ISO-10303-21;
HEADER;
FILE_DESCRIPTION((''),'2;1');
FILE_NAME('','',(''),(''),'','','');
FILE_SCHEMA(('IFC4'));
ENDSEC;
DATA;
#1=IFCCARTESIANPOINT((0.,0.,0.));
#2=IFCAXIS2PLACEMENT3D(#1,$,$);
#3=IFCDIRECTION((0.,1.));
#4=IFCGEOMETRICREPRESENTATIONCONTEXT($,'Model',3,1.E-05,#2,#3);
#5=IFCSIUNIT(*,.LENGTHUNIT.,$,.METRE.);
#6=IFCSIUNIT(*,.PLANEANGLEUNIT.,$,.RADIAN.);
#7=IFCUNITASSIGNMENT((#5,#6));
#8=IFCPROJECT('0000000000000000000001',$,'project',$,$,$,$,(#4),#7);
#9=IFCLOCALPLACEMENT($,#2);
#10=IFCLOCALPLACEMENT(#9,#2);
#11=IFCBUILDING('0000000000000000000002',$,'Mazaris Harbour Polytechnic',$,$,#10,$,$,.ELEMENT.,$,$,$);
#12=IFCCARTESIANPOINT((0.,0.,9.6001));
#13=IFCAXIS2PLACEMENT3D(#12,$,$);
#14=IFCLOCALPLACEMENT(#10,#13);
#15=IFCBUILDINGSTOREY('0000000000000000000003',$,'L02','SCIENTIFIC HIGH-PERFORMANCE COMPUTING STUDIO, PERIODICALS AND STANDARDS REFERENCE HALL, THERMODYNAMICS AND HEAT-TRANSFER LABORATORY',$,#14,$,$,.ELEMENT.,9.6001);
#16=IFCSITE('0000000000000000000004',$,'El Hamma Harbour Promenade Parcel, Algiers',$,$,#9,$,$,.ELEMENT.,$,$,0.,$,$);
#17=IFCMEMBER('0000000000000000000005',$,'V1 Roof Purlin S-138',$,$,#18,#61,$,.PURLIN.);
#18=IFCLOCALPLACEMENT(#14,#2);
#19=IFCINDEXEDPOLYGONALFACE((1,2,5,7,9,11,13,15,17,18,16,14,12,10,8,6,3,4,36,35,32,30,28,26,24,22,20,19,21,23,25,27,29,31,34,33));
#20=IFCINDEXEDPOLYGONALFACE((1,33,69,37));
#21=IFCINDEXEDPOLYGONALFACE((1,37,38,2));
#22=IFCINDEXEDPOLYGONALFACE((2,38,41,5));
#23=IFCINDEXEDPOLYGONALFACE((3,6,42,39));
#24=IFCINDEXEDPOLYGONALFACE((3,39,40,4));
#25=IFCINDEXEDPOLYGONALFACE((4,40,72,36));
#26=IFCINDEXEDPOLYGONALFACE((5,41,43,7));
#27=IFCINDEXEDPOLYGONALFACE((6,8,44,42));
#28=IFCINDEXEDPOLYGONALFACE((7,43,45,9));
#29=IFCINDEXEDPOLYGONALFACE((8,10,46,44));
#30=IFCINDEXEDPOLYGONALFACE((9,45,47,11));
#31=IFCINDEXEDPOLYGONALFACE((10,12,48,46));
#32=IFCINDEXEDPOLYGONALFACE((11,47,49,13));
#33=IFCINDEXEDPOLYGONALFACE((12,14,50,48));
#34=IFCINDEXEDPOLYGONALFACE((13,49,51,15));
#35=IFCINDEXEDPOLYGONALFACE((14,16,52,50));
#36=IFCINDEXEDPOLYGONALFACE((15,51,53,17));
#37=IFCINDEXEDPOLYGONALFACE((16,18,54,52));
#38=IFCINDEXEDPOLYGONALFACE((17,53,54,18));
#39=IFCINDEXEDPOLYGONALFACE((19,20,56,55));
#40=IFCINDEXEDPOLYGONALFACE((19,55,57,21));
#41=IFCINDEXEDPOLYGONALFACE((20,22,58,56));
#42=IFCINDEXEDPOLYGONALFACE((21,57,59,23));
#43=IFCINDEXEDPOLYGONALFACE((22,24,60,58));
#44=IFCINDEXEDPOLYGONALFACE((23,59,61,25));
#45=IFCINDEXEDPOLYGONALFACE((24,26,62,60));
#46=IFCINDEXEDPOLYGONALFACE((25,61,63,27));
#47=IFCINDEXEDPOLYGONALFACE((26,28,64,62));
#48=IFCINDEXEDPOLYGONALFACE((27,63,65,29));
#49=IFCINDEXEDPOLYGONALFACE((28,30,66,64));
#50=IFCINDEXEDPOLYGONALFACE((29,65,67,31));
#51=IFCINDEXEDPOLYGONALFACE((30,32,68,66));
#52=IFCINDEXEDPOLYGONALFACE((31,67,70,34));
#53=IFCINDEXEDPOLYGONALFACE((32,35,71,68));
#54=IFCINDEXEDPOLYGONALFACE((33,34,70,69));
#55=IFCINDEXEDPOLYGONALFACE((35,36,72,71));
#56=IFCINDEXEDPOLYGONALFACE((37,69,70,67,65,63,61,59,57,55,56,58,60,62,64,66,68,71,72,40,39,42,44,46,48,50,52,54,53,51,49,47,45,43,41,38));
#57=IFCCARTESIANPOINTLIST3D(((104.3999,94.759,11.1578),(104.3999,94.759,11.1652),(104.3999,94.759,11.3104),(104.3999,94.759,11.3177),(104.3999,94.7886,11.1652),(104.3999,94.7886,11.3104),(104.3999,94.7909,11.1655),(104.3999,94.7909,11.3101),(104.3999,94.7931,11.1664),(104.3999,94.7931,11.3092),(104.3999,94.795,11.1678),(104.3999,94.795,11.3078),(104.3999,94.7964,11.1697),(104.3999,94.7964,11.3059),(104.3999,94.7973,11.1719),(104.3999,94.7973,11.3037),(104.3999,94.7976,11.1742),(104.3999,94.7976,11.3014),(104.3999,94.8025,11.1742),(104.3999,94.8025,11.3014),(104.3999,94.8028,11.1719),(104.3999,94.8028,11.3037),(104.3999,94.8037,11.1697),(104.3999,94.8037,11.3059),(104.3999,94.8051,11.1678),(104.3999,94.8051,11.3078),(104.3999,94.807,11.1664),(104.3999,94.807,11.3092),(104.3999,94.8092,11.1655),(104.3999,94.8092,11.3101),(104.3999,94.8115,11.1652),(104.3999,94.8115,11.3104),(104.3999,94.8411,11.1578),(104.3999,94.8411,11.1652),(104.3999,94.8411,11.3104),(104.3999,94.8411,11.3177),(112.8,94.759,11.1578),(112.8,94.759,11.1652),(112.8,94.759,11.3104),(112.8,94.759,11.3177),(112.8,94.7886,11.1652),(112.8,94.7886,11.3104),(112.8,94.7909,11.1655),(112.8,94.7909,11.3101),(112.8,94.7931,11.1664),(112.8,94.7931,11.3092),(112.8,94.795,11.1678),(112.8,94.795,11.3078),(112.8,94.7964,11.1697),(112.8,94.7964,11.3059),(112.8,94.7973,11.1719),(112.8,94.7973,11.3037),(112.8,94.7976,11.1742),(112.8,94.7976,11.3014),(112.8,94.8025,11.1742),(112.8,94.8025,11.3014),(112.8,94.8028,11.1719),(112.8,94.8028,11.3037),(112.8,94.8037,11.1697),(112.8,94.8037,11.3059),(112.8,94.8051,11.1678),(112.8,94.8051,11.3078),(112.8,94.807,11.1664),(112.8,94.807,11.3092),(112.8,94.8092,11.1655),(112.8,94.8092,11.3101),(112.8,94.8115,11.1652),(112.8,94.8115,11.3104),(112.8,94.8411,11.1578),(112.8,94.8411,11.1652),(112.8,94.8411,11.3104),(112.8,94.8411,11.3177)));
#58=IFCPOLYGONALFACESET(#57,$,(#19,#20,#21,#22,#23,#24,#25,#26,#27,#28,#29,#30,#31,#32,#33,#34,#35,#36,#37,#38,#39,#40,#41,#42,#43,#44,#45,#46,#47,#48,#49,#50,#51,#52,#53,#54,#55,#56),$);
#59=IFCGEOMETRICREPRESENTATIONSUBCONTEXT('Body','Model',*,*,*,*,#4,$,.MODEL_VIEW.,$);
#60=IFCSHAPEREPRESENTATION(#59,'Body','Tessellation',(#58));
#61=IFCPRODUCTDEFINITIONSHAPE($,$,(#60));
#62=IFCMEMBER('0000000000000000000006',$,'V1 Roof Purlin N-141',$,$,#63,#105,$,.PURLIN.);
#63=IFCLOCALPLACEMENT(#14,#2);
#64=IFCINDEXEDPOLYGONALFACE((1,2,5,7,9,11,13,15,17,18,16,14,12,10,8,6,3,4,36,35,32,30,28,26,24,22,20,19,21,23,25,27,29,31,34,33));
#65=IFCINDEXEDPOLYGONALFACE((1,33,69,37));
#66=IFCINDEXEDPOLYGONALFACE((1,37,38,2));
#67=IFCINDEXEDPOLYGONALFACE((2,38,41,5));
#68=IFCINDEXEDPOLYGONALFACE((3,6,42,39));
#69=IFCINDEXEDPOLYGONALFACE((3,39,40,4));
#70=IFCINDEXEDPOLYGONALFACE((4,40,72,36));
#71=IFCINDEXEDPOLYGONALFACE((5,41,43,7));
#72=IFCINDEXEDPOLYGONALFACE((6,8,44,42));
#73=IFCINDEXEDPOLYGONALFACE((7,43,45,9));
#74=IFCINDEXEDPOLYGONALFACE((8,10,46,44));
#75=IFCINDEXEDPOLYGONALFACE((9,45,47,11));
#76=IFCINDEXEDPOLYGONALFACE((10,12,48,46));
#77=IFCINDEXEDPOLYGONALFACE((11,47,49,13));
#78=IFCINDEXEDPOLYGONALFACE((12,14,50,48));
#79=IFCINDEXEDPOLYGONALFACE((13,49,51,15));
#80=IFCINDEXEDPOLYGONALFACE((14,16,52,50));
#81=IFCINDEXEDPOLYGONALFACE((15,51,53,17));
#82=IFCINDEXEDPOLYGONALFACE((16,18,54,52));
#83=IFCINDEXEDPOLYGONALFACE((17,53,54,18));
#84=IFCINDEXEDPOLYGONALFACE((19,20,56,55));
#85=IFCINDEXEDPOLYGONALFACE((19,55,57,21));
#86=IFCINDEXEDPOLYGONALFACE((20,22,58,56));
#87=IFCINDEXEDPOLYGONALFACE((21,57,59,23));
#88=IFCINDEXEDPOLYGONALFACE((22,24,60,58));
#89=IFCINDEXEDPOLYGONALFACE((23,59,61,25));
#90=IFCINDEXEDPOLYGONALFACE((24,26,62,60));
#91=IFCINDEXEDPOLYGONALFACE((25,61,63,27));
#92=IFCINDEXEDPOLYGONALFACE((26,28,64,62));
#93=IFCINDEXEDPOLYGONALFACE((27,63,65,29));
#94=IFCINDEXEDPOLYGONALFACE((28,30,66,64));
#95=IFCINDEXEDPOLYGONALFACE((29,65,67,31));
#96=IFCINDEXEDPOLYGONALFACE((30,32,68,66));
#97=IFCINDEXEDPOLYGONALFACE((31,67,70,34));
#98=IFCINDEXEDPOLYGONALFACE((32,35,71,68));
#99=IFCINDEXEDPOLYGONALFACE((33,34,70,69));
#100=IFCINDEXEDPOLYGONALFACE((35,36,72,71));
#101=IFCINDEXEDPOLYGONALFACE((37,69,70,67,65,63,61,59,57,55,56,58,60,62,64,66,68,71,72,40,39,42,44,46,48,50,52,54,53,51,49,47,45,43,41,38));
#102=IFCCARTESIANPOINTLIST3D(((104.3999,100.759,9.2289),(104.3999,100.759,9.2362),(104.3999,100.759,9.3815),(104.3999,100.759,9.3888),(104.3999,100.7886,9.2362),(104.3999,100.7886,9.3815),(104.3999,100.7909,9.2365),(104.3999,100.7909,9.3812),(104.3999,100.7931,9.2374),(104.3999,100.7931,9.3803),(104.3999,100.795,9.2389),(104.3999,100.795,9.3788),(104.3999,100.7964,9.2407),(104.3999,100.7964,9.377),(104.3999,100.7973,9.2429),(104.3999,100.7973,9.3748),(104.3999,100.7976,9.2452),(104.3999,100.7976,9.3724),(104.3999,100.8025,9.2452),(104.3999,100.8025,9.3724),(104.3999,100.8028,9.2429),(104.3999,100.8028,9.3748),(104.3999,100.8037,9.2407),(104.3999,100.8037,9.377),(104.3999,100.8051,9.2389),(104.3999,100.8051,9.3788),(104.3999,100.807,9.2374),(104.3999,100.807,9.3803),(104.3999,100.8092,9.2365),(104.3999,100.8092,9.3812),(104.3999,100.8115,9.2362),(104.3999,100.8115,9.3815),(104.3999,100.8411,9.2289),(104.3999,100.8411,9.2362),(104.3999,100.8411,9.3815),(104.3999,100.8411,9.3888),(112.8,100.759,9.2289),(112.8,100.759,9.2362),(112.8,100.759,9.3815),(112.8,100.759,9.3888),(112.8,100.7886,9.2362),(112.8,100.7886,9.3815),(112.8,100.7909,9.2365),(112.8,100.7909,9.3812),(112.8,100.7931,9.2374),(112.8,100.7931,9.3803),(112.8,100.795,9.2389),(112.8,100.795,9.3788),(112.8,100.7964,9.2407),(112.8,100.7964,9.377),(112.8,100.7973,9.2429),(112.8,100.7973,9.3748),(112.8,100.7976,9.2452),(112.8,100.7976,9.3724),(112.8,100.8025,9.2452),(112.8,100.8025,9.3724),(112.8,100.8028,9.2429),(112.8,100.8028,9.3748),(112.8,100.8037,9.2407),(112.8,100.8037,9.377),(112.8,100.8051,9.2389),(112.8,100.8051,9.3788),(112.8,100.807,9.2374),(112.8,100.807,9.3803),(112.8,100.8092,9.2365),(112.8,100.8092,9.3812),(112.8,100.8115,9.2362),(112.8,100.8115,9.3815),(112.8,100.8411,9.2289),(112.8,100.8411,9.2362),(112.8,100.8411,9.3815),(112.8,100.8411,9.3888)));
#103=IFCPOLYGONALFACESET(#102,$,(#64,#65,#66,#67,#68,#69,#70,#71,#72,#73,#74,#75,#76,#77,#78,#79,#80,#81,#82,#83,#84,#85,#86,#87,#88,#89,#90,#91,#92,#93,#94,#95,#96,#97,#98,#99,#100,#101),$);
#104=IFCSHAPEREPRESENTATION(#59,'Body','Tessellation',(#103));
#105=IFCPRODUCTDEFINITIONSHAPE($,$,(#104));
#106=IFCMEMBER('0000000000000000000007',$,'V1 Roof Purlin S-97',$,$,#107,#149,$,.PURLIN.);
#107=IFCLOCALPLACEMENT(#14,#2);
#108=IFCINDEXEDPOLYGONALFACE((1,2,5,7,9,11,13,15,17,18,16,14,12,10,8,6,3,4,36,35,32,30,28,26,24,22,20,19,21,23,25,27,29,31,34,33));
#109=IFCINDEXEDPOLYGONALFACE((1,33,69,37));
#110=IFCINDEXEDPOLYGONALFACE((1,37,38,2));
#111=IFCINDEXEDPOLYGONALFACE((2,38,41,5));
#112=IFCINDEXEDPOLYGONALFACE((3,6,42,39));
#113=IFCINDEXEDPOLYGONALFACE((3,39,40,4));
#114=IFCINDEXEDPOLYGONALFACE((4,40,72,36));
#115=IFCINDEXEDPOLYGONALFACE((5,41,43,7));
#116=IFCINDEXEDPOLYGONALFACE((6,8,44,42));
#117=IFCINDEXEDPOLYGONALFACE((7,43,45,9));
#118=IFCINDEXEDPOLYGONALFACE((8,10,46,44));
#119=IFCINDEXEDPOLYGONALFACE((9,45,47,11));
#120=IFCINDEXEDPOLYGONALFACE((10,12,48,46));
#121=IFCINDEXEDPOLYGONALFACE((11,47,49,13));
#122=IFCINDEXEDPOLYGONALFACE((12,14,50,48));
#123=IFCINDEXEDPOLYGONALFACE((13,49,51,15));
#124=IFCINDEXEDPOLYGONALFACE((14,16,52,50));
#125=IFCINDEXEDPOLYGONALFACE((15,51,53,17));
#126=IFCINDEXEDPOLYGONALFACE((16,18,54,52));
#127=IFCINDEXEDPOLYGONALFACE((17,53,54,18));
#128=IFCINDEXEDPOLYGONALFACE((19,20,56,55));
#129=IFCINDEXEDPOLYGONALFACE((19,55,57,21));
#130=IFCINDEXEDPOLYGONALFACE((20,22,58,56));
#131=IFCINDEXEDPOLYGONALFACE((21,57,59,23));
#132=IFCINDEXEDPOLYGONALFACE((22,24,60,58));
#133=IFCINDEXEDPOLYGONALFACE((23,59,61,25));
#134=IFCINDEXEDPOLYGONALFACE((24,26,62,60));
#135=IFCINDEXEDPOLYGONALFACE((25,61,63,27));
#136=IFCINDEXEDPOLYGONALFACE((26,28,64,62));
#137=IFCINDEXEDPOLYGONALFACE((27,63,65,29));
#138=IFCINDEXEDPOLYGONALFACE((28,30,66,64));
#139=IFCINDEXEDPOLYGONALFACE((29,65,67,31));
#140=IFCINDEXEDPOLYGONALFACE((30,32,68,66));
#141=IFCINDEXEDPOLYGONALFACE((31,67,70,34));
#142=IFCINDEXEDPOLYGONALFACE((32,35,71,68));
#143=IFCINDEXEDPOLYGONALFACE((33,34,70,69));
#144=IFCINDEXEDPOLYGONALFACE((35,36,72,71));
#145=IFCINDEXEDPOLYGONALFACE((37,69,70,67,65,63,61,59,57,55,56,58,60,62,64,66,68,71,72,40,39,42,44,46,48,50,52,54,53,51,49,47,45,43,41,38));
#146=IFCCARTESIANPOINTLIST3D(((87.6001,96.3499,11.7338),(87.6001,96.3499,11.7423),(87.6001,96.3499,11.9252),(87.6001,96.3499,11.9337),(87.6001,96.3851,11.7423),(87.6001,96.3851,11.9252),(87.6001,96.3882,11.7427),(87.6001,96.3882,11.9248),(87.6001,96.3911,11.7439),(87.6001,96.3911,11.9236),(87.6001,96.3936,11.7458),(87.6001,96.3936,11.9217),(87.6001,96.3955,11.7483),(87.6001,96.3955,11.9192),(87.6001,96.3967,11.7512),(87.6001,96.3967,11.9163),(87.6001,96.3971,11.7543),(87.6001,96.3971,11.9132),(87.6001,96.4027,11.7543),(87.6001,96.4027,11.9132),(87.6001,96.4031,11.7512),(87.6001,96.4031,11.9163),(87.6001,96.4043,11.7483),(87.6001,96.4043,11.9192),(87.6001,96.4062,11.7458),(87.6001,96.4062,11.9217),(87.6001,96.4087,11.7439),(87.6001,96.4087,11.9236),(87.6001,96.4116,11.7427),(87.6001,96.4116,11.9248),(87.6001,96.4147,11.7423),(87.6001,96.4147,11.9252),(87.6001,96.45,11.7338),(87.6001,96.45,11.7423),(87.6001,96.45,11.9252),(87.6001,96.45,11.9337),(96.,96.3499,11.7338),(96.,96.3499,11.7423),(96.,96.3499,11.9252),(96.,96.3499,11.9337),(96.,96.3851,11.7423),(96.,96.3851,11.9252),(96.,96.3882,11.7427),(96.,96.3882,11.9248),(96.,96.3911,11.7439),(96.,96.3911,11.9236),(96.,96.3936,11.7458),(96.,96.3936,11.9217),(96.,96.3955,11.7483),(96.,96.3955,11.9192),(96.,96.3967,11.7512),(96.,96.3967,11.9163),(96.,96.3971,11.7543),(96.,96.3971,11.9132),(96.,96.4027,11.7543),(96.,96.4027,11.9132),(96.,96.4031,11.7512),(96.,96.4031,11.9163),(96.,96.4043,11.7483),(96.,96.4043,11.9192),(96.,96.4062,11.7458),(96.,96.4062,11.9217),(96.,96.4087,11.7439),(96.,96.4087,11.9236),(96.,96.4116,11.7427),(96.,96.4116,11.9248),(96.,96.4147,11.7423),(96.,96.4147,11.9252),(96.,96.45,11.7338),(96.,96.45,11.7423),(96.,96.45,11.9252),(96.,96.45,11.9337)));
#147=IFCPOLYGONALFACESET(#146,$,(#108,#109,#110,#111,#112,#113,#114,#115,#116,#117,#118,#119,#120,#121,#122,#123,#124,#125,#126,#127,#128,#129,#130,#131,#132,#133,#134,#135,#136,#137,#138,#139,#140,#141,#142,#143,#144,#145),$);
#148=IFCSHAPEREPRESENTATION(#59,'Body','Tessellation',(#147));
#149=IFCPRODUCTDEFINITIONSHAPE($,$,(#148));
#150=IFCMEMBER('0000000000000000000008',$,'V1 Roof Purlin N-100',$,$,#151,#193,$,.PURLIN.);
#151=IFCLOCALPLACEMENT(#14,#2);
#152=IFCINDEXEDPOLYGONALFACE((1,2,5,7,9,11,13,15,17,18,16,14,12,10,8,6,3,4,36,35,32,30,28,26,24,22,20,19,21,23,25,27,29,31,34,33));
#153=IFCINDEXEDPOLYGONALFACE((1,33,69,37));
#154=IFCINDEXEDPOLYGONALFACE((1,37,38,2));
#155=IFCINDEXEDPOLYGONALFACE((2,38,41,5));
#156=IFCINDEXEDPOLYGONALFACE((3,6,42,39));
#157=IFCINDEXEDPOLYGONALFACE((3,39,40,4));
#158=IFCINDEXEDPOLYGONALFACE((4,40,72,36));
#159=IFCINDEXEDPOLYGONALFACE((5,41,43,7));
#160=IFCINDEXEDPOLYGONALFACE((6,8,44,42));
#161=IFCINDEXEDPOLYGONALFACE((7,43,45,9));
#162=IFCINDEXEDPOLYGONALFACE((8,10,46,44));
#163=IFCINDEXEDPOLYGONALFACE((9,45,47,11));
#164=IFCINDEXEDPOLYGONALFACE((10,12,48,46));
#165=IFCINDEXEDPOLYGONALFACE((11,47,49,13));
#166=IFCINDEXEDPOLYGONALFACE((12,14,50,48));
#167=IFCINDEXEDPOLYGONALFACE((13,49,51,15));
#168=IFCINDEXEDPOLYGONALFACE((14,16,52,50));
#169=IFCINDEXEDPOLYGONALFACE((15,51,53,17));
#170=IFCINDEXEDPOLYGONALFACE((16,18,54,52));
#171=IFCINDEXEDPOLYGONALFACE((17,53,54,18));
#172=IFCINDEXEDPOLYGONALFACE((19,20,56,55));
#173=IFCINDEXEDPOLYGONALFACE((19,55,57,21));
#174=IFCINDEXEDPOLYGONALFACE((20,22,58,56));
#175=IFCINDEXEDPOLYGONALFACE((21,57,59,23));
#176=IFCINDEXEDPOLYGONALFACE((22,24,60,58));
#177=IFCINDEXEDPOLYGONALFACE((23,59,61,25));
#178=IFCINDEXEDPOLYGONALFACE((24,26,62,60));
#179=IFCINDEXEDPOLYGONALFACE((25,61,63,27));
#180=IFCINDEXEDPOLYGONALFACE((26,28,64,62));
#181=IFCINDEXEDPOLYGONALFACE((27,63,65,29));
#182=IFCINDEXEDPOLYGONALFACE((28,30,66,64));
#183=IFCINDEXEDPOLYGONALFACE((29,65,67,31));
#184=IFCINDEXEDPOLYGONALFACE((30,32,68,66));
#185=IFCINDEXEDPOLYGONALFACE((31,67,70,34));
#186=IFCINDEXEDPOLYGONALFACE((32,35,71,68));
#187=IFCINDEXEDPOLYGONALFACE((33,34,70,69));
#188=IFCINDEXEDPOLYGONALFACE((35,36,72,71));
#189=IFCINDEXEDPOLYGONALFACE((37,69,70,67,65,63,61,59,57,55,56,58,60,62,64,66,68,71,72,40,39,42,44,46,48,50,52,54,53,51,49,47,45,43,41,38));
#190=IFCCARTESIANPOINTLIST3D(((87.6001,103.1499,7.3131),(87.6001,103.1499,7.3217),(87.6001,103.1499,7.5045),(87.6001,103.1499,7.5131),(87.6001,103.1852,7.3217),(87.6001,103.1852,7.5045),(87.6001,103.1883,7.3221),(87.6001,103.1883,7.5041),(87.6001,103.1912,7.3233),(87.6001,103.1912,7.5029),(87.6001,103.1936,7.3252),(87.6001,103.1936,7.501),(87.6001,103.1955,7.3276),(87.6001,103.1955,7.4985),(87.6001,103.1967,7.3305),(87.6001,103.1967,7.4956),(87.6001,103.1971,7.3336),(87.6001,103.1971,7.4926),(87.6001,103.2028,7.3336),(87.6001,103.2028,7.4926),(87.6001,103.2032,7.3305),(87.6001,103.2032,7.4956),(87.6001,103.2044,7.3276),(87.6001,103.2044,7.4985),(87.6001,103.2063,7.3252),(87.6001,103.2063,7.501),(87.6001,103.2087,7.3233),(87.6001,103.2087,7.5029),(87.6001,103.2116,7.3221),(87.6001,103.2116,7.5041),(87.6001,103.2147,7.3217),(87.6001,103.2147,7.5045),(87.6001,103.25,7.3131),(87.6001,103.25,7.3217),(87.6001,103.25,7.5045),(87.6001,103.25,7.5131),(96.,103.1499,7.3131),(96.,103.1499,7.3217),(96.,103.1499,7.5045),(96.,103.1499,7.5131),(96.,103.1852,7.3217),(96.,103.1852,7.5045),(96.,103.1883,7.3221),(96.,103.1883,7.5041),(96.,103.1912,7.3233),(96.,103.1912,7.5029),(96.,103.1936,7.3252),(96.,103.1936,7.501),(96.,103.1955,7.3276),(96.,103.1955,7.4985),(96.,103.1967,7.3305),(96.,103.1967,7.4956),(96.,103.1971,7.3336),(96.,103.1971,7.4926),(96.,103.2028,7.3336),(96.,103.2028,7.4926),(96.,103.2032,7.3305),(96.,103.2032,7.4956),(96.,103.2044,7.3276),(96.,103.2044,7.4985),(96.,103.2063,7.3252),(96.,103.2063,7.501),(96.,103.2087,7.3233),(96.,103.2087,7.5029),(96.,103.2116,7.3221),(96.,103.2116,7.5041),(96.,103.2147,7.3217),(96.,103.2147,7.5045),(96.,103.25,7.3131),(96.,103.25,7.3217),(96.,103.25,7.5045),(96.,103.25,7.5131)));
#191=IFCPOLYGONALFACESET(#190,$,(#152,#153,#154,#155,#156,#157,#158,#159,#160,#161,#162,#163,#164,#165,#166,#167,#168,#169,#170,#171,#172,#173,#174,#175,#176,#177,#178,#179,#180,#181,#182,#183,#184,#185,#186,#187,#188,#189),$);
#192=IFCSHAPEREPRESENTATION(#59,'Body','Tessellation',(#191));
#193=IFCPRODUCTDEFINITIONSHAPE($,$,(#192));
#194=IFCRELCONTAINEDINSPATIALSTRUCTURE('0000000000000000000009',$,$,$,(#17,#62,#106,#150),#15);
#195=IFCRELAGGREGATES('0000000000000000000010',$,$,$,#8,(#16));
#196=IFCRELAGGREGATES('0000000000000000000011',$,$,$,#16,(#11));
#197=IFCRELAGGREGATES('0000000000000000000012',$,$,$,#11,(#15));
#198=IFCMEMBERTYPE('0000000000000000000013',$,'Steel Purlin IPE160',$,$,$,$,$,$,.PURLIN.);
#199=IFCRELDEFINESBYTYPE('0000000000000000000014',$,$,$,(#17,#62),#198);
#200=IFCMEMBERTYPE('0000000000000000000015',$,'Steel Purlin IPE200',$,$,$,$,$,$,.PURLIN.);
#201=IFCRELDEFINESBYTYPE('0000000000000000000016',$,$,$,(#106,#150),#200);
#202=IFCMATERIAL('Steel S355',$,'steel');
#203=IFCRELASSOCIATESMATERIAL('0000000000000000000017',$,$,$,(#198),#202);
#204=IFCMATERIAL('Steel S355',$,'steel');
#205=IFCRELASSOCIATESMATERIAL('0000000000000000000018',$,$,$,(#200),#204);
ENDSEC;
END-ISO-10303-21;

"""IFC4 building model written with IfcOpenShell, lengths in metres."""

from ifc_helpers import new_model, si_unit, direction, frame, origin, origin_2d, place, context, subcontext, project, spatial, i_section, extrude, material, material_profile, profile_set, type_object, element, save


model = new_model("IFC4")

# Units and contexts
model_context = context("Model", 3, precision=1e-05, world=origin(), true_north=direction((0.0, 1.0)))
body_context = subcontext(model_context, "Body", "Model", "MODEL_VIEW")
ifc_project = project(units=[si_unit("LENGTHUNIT", "METRE"), si_unit("PLANEANGLEUNIT", "RADIAN")], contexts=[model_context])

# Site, building, storey
site_placement = place(None, origin())
site = spatial("IfcSite", under=ifc_project, at=site_placement, Name="El Hamma Harbour Promenade Parcel, Algiers", CompositionType="ELEMENT", RefElevation=0.0)
building_placement = place(site_placement, origin())
building = spatial("IfcBuilding", under=site, at=building_placement, Name="Mazaris Harbour Polytechnic", CompositionType="ELEMENT")
storey_placement = place(building_placement, frame((0.0, 0.0, 9.6001)))
storey = spatial("IfcBuildingStorey", under=building, at=storey_placement, Name="L02", Description="SCIENTIFIC HIGH-PERFORMANCE COMPUTING STUDIO, PERIODICALS AND STANDARDS REFERENCE HALL, THERMODYNAMICS AND HEAT-TRANSFER LABORATORY", CompositionType="ELEMENT", Elevation=9.6001)

# Members
ifc_material_1 = material(Name="Steel S355", Category="steel")
ifc_material_profile_1 = material_profile(ifc_material_1, i_section(OverallWidth=0.082, OverallDepth=0.1599, WebThickness=0.0049, FlangeThickness=0.0073, FilletRadius=0.009, at=origin_2d()), Name="IPE 160")
ifc_profile_set_1 = profile_set([ifc_material_profile_1], Name="Steel S355")
member_type_1 = type_object("IfcMemberType", Name="Steel Purlin IPE160", PredefinedType="PURLIN", material=ifc_profile_set_1)
for number, where, z_axis, x_axis, name in (
    (1, (104.3999, 94.8, 11.2378), (1.0, 0.0, 0.0), (0.0, 1.0, 0.0), "V1 Roof Purlin S-138"),
    (2, (104.3999, 100.8, 9.3088), (1.0, 0.0, 0.0), (0.0, 1.0, 0.0), "V1 Roof Purlin N-141"),
):
    element("IfcMember", number, at=place(storey_placement, frame(where, z_axis=z_axis, x_axis=x_axis)), inside=storey, type_object=member_type_1, Name=name, PredefinedType="PURLIN", context=body_context, shape_type="SweptSolid", body=[
        extrude(i_section(OverallWidth=0.082, OverallDepth=0.1599, WebThickness=0.0049, FlangeThickness=0.0073, FilletRadius=0.009, at=origin_2d()), origin(), (0.0, 0.0, 1.0), 8.4001),
    ])
ifc_material_2 = material(Name="Steel S355", Category="steel")
ifc_material_profile_2 = material_profile(ifc_material_2, i_section(OverallWidth=0.1001, OverallDepth=0.2, WebThickness=0.0056, FlangeThickness=0.0085, FilletRadius=0.012, at=origin_2d()), Name="IPE 200")
ifc_profile_set_2 = profile_set([ifc_material_profile_2], Name="Steel S355")
member_type_2 = type_object("IfcMemberType", Name="Steel Purlin IPE200", PredefinedType="PURLIN", material=ifc_profile_set_2)
for number, where, z_axis, x_axis, name in (
    (3, (87.6001, 96.3999, 11.8337), (1.0, 0.0, 0.0), (0.0, 1.0, 0.0), "V1 Roof Purlin S-97"),
    (4, (87.6001, 103.2, 7.4131), (1.0, 0.0, 0.0), (0.0, 1.0, 0.0), "V1 Roof Purlin N-100"),
):
    element("IfcMember", number, at=place(storey_placement, frame(where, z_axis=z_axis, x_axis=x_axis)), inside=storey, type_object=member_type_2, Name=name, PredefinedType="PURLIN", context=body_context, shape_type="SweptSolid", body=[
        extrude(i_section(OverallWidth=0.1001, OverallDepth=0.2, WebThickness=0.0056, FlangeThickness=0.0085, FilletRadius=0.012, at=origin_2d()), origin(), (0.0, 0.0, 1.0), 8.3999),
    ])

save(model, "model.ifc")
